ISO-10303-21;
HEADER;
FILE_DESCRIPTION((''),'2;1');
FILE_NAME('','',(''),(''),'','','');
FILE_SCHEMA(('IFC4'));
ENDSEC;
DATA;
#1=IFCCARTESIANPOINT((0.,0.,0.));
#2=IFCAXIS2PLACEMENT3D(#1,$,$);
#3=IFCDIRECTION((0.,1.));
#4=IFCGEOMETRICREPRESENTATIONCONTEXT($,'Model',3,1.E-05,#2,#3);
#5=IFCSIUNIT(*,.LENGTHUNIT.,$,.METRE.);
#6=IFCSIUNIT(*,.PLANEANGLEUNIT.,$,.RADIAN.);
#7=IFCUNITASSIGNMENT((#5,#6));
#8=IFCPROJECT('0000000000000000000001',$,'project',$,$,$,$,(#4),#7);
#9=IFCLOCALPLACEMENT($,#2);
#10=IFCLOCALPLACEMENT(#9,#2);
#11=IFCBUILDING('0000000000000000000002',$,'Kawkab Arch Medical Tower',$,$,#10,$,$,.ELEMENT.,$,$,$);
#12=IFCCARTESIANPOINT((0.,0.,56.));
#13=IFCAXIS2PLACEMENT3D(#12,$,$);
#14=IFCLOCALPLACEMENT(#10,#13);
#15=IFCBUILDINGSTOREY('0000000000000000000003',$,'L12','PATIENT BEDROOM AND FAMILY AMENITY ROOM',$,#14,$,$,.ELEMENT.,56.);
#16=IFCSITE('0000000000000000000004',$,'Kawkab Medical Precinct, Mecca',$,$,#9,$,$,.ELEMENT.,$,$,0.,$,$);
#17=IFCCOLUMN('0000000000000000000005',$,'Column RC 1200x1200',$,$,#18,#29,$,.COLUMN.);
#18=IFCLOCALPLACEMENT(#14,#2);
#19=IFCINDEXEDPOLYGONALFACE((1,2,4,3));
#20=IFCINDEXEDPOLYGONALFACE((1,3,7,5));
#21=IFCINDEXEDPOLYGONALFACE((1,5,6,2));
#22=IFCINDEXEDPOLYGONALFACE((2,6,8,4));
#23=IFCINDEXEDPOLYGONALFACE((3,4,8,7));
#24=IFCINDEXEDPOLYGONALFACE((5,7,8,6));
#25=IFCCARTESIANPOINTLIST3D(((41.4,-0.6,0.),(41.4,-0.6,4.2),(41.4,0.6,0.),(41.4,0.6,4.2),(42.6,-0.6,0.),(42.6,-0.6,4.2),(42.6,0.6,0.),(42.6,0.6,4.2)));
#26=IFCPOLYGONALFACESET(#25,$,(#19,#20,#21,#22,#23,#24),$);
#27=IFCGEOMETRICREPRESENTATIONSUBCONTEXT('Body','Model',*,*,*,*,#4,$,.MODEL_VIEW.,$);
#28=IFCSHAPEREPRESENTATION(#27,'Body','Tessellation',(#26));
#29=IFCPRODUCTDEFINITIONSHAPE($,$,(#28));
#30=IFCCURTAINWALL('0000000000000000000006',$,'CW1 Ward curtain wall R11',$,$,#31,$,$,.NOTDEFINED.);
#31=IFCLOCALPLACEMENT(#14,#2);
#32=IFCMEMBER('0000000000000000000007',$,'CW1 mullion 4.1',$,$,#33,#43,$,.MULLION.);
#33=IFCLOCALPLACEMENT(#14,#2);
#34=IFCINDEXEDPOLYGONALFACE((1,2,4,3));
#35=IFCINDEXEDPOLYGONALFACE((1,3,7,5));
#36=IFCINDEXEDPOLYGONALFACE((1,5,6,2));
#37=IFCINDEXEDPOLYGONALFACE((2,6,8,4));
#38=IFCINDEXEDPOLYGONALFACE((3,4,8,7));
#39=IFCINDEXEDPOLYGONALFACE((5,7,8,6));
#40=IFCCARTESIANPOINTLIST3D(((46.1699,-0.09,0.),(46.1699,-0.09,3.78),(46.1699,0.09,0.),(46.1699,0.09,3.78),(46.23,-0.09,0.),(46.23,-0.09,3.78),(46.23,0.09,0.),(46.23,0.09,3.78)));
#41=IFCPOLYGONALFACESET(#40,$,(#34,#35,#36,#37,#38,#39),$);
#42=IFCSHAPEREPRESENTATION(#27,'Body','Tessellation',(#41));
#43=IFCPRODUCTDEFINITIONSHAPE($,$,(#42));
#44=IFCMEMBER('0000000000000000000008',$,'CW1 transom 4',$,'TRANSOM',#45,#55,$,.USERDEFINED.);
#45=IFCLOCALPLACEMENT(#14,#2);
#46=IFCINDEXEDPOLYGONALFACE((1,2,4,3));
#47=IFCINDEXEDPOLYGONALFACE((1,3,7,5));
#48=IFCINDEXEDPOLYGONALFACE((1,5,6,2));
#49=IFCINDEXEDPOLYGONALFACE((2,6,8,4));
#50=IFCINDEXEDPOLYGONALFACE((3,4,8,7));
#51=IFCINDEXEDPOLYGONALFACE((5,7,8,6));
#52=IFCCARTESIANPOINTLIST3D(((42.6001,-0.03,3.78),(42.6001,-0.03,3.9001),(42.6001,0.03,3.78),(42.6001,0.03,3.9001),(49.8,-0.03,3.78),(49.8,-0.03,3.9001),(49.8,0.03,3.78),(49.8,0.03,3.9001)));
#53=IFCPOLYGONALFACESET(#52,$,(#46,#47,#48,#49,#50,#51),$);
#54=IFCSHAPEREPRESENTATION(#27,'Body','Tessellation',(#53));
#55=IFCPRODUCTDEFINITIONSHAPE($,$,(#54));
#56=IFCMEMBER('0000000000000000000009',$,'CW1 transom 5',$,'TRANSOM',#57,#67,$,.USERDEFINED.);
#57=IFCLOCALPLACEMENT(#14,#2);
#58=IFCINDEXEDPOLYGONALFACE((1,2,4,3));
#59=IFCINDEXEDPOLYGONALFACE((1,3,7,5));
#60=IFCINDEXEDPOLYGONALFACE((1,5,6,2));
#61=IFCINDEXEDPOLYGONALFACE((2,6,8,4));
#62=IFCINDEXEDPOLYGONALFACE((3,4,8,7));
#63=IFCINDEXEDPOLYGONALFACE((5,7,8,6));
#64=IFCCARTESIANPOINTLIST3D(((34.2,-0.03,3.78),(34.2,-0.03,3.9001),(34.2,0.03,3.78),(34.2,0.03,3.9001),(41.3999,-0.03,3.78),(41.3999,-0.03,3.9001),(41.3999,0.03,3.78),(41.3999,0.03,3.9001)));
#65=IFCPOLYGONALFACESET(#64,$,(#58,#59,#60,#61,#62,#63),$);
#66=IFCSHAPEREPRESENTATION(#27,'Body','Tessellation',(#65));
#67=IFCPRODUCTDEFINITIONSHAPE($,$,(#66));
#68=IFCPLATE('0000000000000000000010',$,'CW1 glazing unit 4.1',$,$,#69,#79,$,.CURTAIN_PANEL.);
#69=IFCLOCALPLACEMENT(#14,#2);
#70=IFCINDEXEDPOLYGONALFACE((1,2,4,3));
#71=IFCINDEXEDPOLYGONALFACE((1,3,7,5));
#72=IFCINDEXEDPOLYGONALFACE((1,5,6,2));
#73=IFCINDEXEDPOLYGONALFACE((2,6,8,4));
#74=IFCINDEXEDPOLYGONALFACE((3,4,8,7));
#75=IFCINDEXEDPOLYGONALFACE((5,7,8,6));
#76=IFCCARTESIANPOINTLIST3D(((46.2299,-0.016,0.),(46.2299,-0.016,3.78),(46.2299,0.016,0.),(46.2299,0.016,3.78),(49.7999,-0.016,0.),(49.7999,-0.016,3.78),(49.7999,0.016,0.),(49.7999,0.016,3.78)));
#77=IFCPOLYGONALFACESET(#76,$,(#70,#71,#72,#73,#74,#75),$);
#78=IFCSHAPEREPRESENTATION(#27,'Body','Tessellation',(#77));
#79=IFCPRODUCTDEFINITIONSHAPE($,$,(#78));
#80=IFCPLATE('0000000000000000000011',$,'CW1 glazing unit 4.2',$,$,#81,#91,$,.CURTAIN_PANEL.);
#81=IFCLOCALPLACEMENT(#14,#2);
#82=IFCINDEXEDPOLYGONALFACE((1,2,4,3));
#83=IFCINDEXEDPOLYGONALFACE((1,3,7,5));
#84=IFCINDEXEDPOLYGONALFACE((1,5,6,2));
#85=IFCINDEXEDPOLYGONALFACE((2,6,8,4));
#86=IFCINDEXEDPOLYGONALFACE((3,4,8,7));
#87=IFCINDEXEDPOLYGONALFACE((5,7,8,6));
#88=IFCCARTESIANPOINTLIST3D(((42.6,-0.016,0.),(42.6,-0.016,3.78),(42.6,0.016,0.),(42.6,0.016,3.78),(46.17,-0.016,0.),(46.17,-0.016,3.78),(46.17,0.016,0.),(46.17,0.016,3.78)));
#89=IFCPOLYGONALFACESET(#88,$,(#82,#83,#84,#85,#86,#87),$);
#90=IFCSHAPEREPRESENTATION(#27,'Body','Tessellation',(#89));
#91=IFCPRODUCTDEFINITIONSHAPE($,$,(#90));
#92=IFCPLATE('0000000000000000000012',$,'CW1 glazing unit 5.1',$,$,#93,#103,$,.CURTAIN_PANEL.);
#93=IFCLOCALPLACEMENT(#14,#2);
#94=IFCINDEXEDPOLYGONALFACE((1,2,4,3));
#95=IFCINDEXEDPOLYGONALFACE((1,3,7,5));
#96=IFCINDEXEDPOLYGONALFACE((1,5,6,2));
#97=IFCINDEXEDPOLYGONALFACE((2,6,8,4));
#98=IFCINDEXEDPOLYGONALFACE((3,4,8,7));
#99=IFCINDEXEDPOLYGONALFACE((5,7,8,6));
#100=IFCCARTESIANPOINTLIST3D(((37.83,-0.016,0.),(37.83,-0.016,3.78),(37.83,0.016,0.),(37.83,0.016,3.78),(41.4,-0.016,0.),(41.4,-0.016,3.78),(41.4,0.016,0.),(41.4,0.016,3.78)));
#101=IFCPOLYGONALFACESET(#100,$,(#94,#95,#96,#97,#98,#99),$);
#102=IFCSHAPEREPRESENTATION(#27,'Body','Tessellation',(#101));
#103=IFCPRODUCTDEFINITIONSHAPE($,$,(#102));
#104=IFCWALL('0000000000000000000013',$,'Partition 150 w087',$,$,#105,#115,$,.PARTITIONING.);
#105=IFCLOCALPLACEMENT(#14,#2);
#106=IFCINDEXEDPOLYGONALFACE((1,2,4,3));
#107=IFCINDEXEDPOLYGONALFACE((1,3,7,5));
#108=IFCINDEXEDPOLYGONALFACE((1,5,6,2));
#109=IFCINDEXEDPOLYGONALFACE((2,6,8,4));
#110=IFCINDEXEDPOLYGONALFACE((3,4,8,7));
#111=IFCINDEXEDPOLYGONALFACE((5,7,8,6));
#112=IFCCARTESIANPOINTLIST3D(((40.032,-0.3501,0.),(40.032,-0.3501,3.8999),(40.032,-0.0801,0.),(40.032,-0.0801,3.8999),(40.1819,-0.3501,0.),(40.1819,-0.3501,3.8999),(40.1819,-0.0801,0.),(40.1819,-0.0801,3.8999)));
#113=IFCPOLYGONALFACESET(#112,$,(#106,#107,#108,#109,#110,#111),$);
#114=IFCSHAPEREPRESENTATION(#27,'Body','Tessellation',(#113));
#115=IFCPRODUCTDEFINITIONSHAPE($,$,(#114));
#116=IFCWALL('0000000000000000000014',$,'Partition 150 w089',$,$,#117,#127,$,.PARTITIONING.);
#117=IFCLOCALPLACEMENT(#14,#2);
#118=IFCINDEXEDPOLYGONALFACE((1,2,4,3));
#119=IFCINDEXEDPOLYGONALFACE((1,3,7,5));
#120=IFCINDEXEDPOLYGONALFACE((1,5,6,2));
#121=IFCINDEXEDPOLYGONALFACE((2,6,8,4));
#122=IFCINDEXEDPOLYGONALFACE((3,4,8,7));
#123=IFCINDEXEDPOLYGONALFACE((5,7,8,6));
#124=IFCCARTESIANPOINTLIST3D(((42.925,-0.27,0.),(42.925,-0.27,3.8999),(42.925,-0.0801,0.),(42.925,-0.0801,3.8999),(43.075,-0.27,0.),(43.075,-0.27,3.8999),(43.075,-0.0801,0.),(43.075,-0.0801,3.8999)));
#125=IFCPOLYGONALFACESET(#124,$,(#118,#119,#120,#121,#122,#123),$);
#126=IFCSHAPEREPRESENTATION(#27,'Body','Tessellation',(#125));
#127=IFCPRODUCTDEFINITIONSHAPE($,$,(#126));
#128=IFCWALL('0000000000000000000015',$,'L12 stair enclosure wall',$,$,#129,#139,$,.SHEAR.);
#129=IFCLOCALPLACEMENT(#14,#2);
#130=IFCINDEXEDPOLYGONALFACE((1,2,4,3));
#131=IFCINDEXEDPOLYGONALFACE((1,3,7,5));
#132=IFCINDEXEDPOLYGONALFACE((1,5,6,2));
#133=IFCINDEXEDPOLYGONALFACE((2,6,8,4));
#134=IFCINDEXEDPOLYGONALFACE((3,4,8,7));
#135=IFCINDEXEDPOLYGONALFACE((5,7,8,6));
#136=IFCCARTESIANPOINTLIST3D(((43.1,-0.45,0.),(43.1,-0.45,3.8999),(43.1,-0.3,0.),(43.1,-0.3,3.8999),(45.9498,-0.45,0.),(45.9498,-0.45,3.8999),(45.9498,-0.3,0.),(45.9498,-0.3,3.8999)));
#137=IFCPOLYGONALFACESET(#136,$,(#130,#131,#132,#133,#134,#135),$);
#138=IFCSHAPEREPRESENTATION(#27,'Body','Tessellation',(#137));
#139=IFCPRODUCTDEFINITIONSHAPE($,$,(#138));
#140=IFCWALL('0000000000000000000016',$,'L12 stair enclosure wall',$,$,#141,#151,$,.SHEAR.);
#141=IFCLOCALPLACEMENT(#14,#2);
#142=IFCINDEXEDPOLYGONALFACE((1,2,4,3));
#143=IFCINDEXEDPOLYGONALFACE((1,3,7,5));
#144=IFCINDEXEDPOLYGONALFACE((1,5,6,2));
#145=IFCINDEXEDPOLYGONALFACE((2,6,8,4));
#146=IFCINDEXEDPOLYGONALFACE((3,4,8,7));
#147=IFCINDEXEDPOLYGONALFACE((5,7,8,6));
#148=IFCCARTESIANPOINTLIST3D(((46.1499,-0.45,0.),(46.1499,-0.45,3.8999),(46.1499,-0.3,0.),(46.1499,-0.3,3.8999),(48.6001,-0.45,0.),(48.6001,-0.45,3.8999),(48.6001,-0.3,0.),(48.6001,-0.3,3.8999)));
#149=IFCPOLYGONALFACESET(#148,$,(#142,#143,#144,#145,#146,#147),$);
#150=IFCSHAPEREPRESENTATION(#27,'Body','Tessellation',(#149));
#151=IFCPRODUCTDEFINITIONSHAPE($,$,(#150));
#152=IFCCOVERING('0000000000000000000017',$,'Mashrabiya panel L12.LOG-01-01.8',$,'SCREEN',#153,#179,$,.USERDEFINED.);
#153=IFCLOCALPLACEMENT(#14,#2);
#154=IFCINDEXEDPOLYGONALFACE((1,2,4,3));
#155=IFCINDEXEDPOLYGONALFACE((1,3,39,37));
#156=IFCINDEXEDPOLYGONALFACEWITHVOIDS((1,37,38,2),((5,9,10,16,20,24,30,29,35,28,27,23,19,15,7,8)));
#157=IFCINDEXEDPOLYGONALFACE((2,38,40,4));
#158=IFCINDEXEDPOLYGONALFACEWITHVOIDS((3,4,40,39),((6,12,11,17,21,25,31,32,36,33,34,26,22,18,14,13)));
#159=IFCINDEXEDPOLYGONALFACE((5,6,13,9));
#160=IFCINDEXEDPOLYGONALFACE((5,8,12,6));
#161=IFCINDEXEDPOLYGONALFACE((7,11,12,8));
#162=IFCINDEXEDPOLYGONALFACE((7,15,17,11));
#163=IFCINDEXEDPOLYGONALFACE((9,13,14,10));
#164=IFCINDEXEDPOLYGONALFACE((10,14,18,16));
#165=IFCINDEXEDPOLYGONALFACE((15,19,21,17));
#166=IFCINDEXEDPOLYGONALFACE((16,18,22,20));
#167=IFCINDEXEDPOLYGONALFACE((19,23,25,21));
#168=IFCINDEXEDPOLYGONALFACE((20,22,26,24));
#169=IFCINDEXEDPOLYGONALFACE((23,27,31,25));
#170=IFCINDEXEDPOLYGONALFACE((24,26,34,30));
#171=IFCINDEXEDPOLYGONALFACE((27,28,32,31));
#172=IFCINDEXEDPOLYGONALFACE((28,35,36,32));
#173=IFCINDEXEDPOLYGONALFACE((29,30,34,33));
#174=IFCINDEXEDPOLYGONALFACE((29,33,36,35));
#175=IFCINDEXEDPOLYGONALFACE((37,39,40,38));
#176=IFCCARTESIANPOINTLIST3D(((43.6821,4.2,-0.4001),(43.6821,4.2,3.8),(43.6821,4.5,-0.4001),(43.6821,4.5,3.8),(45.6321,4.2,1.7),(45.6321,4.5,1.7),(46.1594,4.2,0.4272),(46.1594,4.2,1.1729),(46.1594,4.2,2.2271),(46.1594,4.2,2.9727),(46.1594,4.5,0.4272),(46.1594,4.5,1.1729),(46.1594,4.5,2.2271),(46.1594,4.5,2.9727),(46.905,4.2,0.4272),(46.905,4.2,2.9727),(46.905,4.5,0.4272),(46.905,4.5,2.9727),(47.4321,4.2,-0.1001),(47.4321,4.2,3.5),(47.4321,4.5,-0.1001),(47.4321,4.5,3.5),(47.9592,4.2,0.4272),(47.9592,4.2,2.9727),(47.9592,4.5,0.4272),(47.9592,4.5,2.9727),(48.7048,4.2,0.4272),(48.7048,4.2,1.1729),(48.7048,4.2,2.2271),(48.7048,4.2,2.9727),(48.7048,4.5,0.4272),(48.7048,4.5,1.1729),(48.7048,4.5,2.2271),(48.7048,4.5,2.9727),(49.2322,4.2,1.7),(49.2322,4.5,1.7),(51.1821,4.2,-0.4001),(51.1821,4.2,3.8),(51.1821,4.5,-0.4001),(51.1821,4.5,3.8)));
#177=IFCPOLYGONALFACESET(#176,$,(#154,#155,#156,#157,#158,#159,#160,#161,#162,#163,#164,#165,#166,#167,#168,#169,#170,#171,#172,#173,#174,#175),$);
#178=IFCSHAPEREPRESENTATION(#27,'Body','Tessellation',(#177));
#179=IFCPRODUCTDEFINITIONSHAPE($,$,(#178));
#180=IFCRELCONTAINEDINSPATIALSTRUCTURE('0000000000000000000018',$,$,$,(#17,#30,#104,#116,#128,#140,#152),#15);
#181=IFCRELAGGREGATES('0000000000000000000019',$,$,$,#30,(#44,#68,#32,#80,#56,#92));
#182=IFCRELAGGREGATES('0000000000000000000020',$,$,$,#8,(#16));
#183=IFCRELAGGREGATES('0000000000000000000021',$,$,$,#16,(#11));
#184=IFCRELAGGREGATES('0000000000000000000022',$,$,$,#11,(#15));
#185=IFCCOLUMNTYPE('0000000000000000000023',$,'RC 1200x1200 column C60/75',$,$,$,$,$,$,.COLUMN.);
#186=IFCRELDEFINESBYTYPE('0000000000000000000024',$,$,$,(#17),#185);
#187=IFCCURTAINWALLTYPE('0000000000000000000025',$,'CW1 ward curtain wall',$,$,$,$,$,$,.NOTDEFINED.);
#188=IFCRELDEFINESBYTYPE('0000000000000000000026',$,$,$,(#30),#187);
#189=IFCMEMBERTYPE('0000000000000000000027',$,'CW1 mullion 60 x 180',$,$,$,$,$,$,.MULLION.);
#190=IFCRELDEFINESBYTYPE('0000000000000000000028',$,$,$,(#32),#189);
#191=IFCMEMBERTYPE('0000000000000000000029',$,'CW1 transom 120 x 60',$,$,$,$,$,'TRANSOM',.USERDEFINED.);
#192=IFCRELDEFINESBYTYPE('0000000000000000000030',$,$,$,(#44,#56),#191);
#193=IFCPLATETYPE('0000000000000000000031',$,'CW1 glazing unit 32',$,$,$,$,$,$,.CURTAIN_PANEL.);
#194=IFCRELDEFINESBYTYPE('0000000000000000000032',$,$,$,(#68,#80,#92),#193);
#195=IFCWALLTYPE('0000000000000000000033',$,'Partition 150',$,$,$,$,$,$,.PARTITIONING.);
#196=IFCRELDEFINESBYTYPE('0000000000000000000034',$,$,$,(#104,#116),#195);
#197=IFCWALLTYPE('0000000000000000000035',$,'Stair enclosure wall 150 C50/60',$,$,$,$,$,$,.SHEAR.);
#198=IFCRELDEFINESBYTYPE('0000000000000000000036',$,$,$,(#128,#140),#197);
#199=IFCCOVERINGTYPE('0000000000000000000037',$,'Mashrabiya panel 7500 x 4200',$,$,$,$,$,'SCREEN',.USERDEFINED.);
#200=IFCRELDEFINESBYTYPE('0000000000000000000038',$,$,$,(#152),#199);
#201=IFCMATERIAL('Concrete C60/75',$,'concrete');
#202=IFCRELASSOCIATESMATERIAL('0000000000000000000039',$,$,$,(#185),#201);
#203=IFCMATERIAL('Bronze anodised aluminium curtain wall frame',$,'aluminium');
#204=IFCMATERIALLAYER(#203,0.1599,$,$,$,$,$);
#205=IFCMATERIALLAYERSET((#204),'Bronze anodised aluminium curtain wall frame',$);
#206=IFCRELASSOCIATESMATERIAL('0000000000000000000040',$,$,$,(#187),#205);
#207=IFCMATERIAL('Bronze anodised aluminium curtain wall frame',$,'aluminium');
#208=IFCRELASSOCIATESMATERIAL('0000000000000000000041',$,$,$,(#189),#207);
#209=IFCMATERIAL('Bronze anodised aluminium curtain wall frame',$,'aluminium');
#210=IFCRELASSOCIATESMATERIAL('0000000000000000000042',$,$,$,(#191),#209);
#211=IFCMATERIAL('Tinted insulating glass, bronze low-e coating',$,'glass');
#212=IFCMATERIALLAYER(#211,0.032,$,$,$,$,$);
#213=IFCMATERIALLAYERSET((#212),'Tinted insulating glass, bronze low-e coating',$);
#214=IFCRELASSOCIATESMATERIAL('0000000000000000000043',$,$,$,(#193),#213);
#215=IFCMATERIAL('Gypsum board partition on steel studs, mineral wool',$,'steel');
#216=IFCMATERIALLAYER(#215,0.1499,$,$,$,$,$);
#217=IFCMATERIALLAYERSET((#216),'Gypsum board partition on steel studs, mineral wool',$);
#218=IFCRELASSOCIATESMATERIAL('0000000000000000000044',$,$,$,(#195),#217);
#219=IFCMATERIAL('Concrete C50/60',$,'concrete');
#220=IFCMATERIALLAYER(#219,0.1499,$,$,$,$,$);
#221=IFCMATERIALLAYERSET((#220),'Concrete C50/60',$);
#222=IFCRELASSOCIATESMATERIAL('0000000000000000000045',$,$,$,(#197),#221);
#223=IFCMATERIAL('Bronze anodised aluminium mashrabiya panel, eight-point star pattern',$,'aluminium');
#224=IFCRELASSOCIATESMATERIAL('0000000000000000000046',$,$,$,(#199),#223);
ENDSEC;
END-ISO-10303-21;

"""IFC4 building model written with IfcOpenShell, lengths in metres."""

from ifc_helpers import new_model, si_unit, direction, frame, frame_2d, origin, origin_2d, place, context, subcontext, project, spatial, polyline, rectangle, outline, extrude, material, layer, layer_set, material_profile, profile_set, type_object, element, aggregate, save


model = new_model("IFC4")

# Units and contexts
model_context = context("Model", 3, precision=1e-05, world=origin(), true_north=direction((0.0, 1.0)))
body_context = subcontext(model_context, "Body", "Model", "MODEL_VIEW")
ifc_project = project(units=[si_unit("LENGTHUNIT", "METRE"), si_unit("PLANEANGLEUNIT", "RADIAN")], contexts=[model_context])

# Site, building, storey
site_placement = place(None, origin())
site = spatial("IfcSite", under=ifc_project, at=site_placement, Name="Kawkab Medical Precinct, Mecca", CompositionType="ELEMENT", RefElevation=0.0)
building_placement = place(site_placement, origin())
building = spatial("IfcBuilding", under=site, at=building_placement, Name="Kawkab Arch Medical Tower", CompositionType="ELEMENT")
storey_placement = place(building_placement, frame((0.0, 0.0, 56.0)))
storey = spatial("IfcBuildingStorey", under=building, at=storey_placement, Name="L12", Description="PATIENT BEDROOM AND FAMILY AMENITY ROOM", CompositionType="ELEMENT", Elevation=56.0)

# Column
ifc_material_1 = material(Name="Concrete C60/75", Category="concrete")
ifc_material_profile_1 = material_profile(ifc_material_1, rectangle(XDim=1.2, YDim=1.2, at=origin_2d()), Name="RC 1200x1200")
ifc_profile_set_1 = profile_set([ifc_material_profile_1], Name="Concrete C60/75")
column_type = type_object("IfcColumnType", Name="RC 1200x1200 column C60/75", PredefinedType="COLUMN", material=ifc_profile_set_1)
column_placement = place(storey_placement, frame((42.0, 0.0, 0.0), z_axis=(0.0, 0.0, 1.0), x_axis=(1.0, 0.0, 0.0)))
element("IfcColumn", 1, at=column_placement, inside=storey, type_object=column_type, Name="Column RC 1200x1200", PredefinedType="COLUMN", context=body_context, shape_type="SweptSolid", body=[
    extrude(rectangle(XDim=1.2, YDim=1.2, at=origin_2d()), origin(), (0.0, 0.0, 1.0), 4.2),
])

# Curtain wall, members, plates
ifc_material_2 = material(Name="Bronze anodised aluminium curtain wall frame", Category="aluminium")
ifc_layer_1 = layer(ifc_material_2, 0.1599)
ifc_layer_set_1 = layer_set([ifc_layer_1], Name="Bronze anodised aluminium curtain wall frame")
curtain_wall_type = type_object("IfcCurtainWallType", Name="CW1 ward curtain wall", PredefinedType="NOTDEFINED", material=ifc_layer_set_1)
curtain_wall_placement = place(storey_placement, origin())
curtain_wall = element("IfcCurtainWall", 2, at=curtain_wall_placement, inside=storey, type_object=curtain_wall_type, Name="CW1 Ward curtain wall R11", PredefinedType="NOTDEFINED")
ifc_material_3 = material(Name="Bronze anodised aluminium curtain wall frame", Category="aluminium")
ifc_material_profile_2 = material_profile(ifc_material_3, rectangle(XDim=0.1799, YDim=0.0601, at=origin_2d()), Name="AL 60x180")
ifc_profile_set_2 = profile_set([ifc_material_profile_2], Name="Bronze anodised aluminium curtain wall frame")
member_type_1 = type_object("IfcMemberType", Name="CW1 mullion 60 x 180", PredefinedType="MULLION", material=ifc_profile_set_2)
member_1_placement = place(storey_placement, frame((46.2, 0.0, 0.0), z_axis=(0.0, 0.0, 1.0), x_axis=(0.0, -1.0, 0.0)))
member_1 = element("IfcMember", 3, at=member_1_placement, type_object=member_type_1, Name="CW1 mullion 4.1", PredefinedType="MULLION", context=body_context, shape_type="SweptSolid", body=[
    extrude(rectangle(XDim=0.1799, YDim=0.0601, at=origin_2d()), origin(), (0.0, 0.0, 1.0), 3.78),
])
ifc_material_4 = material(Name="Bronze anodised aluminium curtain wall frame", Category="aluminium")
ifc_material_profile_3 = material_profile(ifc_material_4, rectangle(XDim=0.0601, YDim=0.1201, at=origin_2d()), Name="AL 60x120")
ifc_profile_set_3 = profile_set([ifc_material_profile_3], Name="Bronze anodised aluminium curtain wall frame")
member_type_2 = type_object("IfcMemberType", Name="CW1 transom 120 x 60", ElementType="TRANSOM", PredefinedType="USERDEFINED", material=ifc_profile_set_3)
member_2_placement = place(storey_placement, frame((49.8, 0.0, 3.8401), z_axis=(-1.0, 0.0, 0.0), x_axis=(0.0, -1.0, 0.0)))
member_2 = element("IfcMember", 4, at=member_2_placement, type_object=member_type_2, Name="CW1 transom 4", ObjectType="TRANSOM", PredefinedType="USERDEFINED", context=body_context, shape_type="SweptSolid", body=[
    extrude(rectangle(XDim=0.0601, YDim=0.1201, at=origin_2d()), origin(), (0.0, 0.0, 1.0), 7.2),
])
member_3_placement = place(storey_placement, frame((41.3999, 0.0, 3.8401), z_axis=(-1.0, 0.0, 0.0), x_axis=(0.0, -1.0, 0.0)))
member_3 = element("IfcMember", 5, at=member_3_placement, type_object=member_type_2, Name="CW1 transom 5", ObjectType="TRANSOM", PredefinedType="USERDEFINED", context=body_context, shape_type="SweptSolid", body=[
    extrude(rectangle(XDim=0.0601, YDim=0.1201, at=origin_2d()), origin(), (0.0, 0.0, 1.0), 7.2),
])
ifc_material_5 = material(Name="Tinted insulating glass, bronze low-e coating", Category="glass")
ifc_layer_2 = layer(ifc_material_5, 0.032)
ifc_layer_set_2 = layer_set([ifc_layer_2], Name="Tinted insulating glass, bronze low-e coating")
plate_type = type_object("IfcPlateType", Name="CW1 glazing unit 32", PredefinedType="CURTAIN_PANEL", material=ifc_layer_set_2)
plate_1_placement = place(storey_placement, frame((48.0149, 0.0, 0.0), z_axis=(0.0, 0.0, 1.0), x_axis=(-1.0, 0.0, 0.0)))
plate_1 = element("IfcPlate", 6, at=plate_1_placement, type_object=plate_type, Name="CW1 glazing unit 4.1", PredefinedType="CURTAIN_PANEL", context=body_context, shape_type="SweptSolid", body=[
    extrude(rectangle(XDim=3.5701, YDim=0.032, at=origin_2d()), origin(), (0.0, 0.0, 1.0), 3.78),
])
plate_2_placement = place(storey_placement, frame((44.385, 0.0, 0.0), z_axis=(0.0, 0.0, 1.0), x_axis=(-1.0, 0.0, 0.0)))
plate_2 = element("IfcPlate", 7, at=plate_2_placement, type_object=plate_type, Name="CW1 glazing unit 4.2", PredefinedType="CURTAIN_PANEL", context=body_context, shape_type="SweptSolid", body=[
    extrude(rectangle(XDim=3.5701, YDim=0.032, at=origin_2d()), origin(), (0.0, 0.0, 1.0), 3.78),
])
plate_3_placement = place(storey_placement, frame((39.615, 0.0, 0.0), z_axis=(0.0, 0.0, 1.0), x_axis=(-1.0, 0.0, 0.0)))
plate_3 = element("IfcPlate", 8, at=plate_3_placement, type_object=plate_type, Name="CW1 glazing unit 5.1", PredefinedType="CURTAIN_PANEL", context=body_context, shape_type="SweptSolid", body=[
    extrude(rectangle(XDim=3.5701, YDim=0.032, at=origin_2d()), origin(), (0.0, 0.0, 1.0), 3.78),
])
aggregate(curtain_wall, [member_2, plate_1, member_1, plate_2, member_3, plate_3])

# Walls
ifc_material_6 = material(Name="Gypsum board partition on steel studs, mineral wool", Category="steel")
ifc_layer_3 = layer(ifc_material_6, 0.1499)
ifc_layer_set_3 = layer_set([ifc_layer_3], Name="Gypsum board partition on steel studs, mineral wool")
wall_type_1 = type_object("IfcWallType", Name="Partition 150", PredefinedType="PARTITIONING", material=ifc_layer_set_3)
wall_1_placement = place(storey_placement, frame((40.1069, -0.3501, 0.0), z_axis=(0.0, 0.0, 1.0), x_axis=(0.0, 1.0, 0.0)))
element("IfcWall", 9, at=wall_1_placement, inside=storey, type_object=wall_type_1, Name="Partition 150 w087", PredefinedType="PARTITIONING", context=body_context, shape_type="SweptSolid", body=[
    extrude(rectangle(XDim=0.27, YDim=0.1499, at=frame_2d((0.135, 0.0))), origin(), (0.0, 0.0, 1.0), 3.8999),
])
wall_2_placement = place(storey_placement, frame((43.0, -0.27, 0.0), z_axis=(0.0, 0.0, 1.0), x_axis=(0.0, 1.0, 0.0)))
element("IfcWall", 10, at=wall_2_placement, inside=storey, type_object=wall_type_1, Name="Partition 150 w089", PredefinedType="PARTITIONING", context=body_context, shape_type="SweptSolid", body=[
    extrude(rectangle(XDim=0.1899, YDim=0.1499, at=frame_2d((0.095, 0.0))), origin(), (0.0, 0.0, 1.0), 3.8999),
])
ifc_material_7 = material(Name="Concrete C50/60", Category="concrete")
ifc_layer_4 = layer(ifc_material_7, 0.1499)
ifc_layer_set_4 = layer_set([ifc_layer_4], Name="Concrete C50/60")
wall_type_2 = type_object("IfcWallType", Name="Stair enclosure wall 150 C50/60", PredefinedType="SHEAR", material=ifc_layer_set_4)
wall_3_placement = place(storey_placement, frame((43.1001, -0.375, 0.0), z_axis=(0.0, 0.0, 1.0), x_axis=(1.0, 0.0, 0.0)))
element("IfcWall", 11, at=wall_3_placement, inside=storey, type_object=wall_type_2, Name="L12 stair enclosure wall", PredefinedType="SHEAR", context=body_context, shape_type="SweptSolid", body=[
    extrude(rectangle(XDim=2.8499, YDim=0.1499, at=frame_2d((1.4248, 0.0))), origin(), (0.0, 0.0, 1.0), 3.8999),
])
wall_4_placement = place(storey_placement, frame((46.1499, -0.375, 0.0), z_axis=(0.0, 0.0, 1.0), x_axis=(1.0, 0.0, 0.0)))
element("IfcWall", 12, at=wall_4_placement, inside=storey, type_object=wall_type_2, Name="L12 stair enclosure wall", PredefinedType="SHEAR", context=body_context, shape_type="SweptSolid", body=[
    extrude(rectangle(XDim=2.4502, YDim=0.1499, at=frame_2d((1.2251, 0.0))), origin(), (0.0, 0.0, 1.0), 3.8999),
])

# Covering
ifc_material_8 = material(Name="Bronze anodised aluminium mashrabiya panel, eight-point star pattern", Category="aluminium")
ifc_material_profile_4 = material_profile(ifc_material_8, outline(polyline([(-3.75, -2.1001), (3.75, -2.1001), (3.75, 2.1001), (-3.75, 2.1001), (-3.75, -2.1001)]), holes=[polyline([(1.8, 0.0), (1.2727, 0.5271), (1.2727, 1.2727), (0.5271, 1.2727), (0.0, 1.8), (-0.5271, 1.2727), (-1.2727, 1.2727), (-1.2727, 0.5271), (-1.8, 0.0), (-1.2727, -0.5271), (-1.2727, -1.2727), (-0.5271, -1.2727), (0.0, -1.8), (0.5271, -1.2727), (1.2727, -1.2727), (1.2727, -0.5271), (1.8, 0.0)])]), Name="Mashrabiya panel 7500x4200")
ifc_profile_set_4 = profile_set([ifc_material_profile_4], Name="Bronze anodised aluminium mashrabiya panel, eight-point star pattern")
covering_type_1 = type_object("IfcCoveringType", Name="Mashrabiya panel 7500 x 4200", ElementType="SCREEN", PredefinedType="USERDEFINED", material=ifc_profile_set_4)
covering_1_placement = place(storey_placement, frame((47.4321, 4.2, 1.7), z_axis=(0.0, 1.0, 0.0), x_axis=(-1.0, 0.0, 0.0)))
element("IfcCovering", 13, at=covering_1_placement, inside=storey, type_object=covering_type_1, Name="Mashrabiya panel L12.LOG-01-01.8", ObjectType="SCREEN", PredefinedType="USERDEFINED", context=body_context, shape_type="SweptSolid", body=[
    extrude(outline(polyline([(-3.75, -2.1001), (3.75, -2.1001), (3.75, 2.1001), (-3.75, 2.1001), (-3.75, -2.1001)]), holes=[polyline([(1.8, 0.0), (1.2727, 0.5271), (1.2727, 1.2727), (0.5271, 1.2727), (0.0, 1.8), (-0.5271, 1.2727), (-1.2727, 1.2727), (-1.2727, 0.5271), (-1.8, 0.0), (-1.2727, -0.5271), (-1.2727, -1.2727), (-0.5271, -1.2727), (0.0, -1.8), (0.5271, -1.2727), (1.2727, -1.2727), (1.2727, -0.5271), (1.8, 0.0)])]), origin(), (0.0, 0.0, 1.0), 0.3),
])

save(model, "model.ifc")
